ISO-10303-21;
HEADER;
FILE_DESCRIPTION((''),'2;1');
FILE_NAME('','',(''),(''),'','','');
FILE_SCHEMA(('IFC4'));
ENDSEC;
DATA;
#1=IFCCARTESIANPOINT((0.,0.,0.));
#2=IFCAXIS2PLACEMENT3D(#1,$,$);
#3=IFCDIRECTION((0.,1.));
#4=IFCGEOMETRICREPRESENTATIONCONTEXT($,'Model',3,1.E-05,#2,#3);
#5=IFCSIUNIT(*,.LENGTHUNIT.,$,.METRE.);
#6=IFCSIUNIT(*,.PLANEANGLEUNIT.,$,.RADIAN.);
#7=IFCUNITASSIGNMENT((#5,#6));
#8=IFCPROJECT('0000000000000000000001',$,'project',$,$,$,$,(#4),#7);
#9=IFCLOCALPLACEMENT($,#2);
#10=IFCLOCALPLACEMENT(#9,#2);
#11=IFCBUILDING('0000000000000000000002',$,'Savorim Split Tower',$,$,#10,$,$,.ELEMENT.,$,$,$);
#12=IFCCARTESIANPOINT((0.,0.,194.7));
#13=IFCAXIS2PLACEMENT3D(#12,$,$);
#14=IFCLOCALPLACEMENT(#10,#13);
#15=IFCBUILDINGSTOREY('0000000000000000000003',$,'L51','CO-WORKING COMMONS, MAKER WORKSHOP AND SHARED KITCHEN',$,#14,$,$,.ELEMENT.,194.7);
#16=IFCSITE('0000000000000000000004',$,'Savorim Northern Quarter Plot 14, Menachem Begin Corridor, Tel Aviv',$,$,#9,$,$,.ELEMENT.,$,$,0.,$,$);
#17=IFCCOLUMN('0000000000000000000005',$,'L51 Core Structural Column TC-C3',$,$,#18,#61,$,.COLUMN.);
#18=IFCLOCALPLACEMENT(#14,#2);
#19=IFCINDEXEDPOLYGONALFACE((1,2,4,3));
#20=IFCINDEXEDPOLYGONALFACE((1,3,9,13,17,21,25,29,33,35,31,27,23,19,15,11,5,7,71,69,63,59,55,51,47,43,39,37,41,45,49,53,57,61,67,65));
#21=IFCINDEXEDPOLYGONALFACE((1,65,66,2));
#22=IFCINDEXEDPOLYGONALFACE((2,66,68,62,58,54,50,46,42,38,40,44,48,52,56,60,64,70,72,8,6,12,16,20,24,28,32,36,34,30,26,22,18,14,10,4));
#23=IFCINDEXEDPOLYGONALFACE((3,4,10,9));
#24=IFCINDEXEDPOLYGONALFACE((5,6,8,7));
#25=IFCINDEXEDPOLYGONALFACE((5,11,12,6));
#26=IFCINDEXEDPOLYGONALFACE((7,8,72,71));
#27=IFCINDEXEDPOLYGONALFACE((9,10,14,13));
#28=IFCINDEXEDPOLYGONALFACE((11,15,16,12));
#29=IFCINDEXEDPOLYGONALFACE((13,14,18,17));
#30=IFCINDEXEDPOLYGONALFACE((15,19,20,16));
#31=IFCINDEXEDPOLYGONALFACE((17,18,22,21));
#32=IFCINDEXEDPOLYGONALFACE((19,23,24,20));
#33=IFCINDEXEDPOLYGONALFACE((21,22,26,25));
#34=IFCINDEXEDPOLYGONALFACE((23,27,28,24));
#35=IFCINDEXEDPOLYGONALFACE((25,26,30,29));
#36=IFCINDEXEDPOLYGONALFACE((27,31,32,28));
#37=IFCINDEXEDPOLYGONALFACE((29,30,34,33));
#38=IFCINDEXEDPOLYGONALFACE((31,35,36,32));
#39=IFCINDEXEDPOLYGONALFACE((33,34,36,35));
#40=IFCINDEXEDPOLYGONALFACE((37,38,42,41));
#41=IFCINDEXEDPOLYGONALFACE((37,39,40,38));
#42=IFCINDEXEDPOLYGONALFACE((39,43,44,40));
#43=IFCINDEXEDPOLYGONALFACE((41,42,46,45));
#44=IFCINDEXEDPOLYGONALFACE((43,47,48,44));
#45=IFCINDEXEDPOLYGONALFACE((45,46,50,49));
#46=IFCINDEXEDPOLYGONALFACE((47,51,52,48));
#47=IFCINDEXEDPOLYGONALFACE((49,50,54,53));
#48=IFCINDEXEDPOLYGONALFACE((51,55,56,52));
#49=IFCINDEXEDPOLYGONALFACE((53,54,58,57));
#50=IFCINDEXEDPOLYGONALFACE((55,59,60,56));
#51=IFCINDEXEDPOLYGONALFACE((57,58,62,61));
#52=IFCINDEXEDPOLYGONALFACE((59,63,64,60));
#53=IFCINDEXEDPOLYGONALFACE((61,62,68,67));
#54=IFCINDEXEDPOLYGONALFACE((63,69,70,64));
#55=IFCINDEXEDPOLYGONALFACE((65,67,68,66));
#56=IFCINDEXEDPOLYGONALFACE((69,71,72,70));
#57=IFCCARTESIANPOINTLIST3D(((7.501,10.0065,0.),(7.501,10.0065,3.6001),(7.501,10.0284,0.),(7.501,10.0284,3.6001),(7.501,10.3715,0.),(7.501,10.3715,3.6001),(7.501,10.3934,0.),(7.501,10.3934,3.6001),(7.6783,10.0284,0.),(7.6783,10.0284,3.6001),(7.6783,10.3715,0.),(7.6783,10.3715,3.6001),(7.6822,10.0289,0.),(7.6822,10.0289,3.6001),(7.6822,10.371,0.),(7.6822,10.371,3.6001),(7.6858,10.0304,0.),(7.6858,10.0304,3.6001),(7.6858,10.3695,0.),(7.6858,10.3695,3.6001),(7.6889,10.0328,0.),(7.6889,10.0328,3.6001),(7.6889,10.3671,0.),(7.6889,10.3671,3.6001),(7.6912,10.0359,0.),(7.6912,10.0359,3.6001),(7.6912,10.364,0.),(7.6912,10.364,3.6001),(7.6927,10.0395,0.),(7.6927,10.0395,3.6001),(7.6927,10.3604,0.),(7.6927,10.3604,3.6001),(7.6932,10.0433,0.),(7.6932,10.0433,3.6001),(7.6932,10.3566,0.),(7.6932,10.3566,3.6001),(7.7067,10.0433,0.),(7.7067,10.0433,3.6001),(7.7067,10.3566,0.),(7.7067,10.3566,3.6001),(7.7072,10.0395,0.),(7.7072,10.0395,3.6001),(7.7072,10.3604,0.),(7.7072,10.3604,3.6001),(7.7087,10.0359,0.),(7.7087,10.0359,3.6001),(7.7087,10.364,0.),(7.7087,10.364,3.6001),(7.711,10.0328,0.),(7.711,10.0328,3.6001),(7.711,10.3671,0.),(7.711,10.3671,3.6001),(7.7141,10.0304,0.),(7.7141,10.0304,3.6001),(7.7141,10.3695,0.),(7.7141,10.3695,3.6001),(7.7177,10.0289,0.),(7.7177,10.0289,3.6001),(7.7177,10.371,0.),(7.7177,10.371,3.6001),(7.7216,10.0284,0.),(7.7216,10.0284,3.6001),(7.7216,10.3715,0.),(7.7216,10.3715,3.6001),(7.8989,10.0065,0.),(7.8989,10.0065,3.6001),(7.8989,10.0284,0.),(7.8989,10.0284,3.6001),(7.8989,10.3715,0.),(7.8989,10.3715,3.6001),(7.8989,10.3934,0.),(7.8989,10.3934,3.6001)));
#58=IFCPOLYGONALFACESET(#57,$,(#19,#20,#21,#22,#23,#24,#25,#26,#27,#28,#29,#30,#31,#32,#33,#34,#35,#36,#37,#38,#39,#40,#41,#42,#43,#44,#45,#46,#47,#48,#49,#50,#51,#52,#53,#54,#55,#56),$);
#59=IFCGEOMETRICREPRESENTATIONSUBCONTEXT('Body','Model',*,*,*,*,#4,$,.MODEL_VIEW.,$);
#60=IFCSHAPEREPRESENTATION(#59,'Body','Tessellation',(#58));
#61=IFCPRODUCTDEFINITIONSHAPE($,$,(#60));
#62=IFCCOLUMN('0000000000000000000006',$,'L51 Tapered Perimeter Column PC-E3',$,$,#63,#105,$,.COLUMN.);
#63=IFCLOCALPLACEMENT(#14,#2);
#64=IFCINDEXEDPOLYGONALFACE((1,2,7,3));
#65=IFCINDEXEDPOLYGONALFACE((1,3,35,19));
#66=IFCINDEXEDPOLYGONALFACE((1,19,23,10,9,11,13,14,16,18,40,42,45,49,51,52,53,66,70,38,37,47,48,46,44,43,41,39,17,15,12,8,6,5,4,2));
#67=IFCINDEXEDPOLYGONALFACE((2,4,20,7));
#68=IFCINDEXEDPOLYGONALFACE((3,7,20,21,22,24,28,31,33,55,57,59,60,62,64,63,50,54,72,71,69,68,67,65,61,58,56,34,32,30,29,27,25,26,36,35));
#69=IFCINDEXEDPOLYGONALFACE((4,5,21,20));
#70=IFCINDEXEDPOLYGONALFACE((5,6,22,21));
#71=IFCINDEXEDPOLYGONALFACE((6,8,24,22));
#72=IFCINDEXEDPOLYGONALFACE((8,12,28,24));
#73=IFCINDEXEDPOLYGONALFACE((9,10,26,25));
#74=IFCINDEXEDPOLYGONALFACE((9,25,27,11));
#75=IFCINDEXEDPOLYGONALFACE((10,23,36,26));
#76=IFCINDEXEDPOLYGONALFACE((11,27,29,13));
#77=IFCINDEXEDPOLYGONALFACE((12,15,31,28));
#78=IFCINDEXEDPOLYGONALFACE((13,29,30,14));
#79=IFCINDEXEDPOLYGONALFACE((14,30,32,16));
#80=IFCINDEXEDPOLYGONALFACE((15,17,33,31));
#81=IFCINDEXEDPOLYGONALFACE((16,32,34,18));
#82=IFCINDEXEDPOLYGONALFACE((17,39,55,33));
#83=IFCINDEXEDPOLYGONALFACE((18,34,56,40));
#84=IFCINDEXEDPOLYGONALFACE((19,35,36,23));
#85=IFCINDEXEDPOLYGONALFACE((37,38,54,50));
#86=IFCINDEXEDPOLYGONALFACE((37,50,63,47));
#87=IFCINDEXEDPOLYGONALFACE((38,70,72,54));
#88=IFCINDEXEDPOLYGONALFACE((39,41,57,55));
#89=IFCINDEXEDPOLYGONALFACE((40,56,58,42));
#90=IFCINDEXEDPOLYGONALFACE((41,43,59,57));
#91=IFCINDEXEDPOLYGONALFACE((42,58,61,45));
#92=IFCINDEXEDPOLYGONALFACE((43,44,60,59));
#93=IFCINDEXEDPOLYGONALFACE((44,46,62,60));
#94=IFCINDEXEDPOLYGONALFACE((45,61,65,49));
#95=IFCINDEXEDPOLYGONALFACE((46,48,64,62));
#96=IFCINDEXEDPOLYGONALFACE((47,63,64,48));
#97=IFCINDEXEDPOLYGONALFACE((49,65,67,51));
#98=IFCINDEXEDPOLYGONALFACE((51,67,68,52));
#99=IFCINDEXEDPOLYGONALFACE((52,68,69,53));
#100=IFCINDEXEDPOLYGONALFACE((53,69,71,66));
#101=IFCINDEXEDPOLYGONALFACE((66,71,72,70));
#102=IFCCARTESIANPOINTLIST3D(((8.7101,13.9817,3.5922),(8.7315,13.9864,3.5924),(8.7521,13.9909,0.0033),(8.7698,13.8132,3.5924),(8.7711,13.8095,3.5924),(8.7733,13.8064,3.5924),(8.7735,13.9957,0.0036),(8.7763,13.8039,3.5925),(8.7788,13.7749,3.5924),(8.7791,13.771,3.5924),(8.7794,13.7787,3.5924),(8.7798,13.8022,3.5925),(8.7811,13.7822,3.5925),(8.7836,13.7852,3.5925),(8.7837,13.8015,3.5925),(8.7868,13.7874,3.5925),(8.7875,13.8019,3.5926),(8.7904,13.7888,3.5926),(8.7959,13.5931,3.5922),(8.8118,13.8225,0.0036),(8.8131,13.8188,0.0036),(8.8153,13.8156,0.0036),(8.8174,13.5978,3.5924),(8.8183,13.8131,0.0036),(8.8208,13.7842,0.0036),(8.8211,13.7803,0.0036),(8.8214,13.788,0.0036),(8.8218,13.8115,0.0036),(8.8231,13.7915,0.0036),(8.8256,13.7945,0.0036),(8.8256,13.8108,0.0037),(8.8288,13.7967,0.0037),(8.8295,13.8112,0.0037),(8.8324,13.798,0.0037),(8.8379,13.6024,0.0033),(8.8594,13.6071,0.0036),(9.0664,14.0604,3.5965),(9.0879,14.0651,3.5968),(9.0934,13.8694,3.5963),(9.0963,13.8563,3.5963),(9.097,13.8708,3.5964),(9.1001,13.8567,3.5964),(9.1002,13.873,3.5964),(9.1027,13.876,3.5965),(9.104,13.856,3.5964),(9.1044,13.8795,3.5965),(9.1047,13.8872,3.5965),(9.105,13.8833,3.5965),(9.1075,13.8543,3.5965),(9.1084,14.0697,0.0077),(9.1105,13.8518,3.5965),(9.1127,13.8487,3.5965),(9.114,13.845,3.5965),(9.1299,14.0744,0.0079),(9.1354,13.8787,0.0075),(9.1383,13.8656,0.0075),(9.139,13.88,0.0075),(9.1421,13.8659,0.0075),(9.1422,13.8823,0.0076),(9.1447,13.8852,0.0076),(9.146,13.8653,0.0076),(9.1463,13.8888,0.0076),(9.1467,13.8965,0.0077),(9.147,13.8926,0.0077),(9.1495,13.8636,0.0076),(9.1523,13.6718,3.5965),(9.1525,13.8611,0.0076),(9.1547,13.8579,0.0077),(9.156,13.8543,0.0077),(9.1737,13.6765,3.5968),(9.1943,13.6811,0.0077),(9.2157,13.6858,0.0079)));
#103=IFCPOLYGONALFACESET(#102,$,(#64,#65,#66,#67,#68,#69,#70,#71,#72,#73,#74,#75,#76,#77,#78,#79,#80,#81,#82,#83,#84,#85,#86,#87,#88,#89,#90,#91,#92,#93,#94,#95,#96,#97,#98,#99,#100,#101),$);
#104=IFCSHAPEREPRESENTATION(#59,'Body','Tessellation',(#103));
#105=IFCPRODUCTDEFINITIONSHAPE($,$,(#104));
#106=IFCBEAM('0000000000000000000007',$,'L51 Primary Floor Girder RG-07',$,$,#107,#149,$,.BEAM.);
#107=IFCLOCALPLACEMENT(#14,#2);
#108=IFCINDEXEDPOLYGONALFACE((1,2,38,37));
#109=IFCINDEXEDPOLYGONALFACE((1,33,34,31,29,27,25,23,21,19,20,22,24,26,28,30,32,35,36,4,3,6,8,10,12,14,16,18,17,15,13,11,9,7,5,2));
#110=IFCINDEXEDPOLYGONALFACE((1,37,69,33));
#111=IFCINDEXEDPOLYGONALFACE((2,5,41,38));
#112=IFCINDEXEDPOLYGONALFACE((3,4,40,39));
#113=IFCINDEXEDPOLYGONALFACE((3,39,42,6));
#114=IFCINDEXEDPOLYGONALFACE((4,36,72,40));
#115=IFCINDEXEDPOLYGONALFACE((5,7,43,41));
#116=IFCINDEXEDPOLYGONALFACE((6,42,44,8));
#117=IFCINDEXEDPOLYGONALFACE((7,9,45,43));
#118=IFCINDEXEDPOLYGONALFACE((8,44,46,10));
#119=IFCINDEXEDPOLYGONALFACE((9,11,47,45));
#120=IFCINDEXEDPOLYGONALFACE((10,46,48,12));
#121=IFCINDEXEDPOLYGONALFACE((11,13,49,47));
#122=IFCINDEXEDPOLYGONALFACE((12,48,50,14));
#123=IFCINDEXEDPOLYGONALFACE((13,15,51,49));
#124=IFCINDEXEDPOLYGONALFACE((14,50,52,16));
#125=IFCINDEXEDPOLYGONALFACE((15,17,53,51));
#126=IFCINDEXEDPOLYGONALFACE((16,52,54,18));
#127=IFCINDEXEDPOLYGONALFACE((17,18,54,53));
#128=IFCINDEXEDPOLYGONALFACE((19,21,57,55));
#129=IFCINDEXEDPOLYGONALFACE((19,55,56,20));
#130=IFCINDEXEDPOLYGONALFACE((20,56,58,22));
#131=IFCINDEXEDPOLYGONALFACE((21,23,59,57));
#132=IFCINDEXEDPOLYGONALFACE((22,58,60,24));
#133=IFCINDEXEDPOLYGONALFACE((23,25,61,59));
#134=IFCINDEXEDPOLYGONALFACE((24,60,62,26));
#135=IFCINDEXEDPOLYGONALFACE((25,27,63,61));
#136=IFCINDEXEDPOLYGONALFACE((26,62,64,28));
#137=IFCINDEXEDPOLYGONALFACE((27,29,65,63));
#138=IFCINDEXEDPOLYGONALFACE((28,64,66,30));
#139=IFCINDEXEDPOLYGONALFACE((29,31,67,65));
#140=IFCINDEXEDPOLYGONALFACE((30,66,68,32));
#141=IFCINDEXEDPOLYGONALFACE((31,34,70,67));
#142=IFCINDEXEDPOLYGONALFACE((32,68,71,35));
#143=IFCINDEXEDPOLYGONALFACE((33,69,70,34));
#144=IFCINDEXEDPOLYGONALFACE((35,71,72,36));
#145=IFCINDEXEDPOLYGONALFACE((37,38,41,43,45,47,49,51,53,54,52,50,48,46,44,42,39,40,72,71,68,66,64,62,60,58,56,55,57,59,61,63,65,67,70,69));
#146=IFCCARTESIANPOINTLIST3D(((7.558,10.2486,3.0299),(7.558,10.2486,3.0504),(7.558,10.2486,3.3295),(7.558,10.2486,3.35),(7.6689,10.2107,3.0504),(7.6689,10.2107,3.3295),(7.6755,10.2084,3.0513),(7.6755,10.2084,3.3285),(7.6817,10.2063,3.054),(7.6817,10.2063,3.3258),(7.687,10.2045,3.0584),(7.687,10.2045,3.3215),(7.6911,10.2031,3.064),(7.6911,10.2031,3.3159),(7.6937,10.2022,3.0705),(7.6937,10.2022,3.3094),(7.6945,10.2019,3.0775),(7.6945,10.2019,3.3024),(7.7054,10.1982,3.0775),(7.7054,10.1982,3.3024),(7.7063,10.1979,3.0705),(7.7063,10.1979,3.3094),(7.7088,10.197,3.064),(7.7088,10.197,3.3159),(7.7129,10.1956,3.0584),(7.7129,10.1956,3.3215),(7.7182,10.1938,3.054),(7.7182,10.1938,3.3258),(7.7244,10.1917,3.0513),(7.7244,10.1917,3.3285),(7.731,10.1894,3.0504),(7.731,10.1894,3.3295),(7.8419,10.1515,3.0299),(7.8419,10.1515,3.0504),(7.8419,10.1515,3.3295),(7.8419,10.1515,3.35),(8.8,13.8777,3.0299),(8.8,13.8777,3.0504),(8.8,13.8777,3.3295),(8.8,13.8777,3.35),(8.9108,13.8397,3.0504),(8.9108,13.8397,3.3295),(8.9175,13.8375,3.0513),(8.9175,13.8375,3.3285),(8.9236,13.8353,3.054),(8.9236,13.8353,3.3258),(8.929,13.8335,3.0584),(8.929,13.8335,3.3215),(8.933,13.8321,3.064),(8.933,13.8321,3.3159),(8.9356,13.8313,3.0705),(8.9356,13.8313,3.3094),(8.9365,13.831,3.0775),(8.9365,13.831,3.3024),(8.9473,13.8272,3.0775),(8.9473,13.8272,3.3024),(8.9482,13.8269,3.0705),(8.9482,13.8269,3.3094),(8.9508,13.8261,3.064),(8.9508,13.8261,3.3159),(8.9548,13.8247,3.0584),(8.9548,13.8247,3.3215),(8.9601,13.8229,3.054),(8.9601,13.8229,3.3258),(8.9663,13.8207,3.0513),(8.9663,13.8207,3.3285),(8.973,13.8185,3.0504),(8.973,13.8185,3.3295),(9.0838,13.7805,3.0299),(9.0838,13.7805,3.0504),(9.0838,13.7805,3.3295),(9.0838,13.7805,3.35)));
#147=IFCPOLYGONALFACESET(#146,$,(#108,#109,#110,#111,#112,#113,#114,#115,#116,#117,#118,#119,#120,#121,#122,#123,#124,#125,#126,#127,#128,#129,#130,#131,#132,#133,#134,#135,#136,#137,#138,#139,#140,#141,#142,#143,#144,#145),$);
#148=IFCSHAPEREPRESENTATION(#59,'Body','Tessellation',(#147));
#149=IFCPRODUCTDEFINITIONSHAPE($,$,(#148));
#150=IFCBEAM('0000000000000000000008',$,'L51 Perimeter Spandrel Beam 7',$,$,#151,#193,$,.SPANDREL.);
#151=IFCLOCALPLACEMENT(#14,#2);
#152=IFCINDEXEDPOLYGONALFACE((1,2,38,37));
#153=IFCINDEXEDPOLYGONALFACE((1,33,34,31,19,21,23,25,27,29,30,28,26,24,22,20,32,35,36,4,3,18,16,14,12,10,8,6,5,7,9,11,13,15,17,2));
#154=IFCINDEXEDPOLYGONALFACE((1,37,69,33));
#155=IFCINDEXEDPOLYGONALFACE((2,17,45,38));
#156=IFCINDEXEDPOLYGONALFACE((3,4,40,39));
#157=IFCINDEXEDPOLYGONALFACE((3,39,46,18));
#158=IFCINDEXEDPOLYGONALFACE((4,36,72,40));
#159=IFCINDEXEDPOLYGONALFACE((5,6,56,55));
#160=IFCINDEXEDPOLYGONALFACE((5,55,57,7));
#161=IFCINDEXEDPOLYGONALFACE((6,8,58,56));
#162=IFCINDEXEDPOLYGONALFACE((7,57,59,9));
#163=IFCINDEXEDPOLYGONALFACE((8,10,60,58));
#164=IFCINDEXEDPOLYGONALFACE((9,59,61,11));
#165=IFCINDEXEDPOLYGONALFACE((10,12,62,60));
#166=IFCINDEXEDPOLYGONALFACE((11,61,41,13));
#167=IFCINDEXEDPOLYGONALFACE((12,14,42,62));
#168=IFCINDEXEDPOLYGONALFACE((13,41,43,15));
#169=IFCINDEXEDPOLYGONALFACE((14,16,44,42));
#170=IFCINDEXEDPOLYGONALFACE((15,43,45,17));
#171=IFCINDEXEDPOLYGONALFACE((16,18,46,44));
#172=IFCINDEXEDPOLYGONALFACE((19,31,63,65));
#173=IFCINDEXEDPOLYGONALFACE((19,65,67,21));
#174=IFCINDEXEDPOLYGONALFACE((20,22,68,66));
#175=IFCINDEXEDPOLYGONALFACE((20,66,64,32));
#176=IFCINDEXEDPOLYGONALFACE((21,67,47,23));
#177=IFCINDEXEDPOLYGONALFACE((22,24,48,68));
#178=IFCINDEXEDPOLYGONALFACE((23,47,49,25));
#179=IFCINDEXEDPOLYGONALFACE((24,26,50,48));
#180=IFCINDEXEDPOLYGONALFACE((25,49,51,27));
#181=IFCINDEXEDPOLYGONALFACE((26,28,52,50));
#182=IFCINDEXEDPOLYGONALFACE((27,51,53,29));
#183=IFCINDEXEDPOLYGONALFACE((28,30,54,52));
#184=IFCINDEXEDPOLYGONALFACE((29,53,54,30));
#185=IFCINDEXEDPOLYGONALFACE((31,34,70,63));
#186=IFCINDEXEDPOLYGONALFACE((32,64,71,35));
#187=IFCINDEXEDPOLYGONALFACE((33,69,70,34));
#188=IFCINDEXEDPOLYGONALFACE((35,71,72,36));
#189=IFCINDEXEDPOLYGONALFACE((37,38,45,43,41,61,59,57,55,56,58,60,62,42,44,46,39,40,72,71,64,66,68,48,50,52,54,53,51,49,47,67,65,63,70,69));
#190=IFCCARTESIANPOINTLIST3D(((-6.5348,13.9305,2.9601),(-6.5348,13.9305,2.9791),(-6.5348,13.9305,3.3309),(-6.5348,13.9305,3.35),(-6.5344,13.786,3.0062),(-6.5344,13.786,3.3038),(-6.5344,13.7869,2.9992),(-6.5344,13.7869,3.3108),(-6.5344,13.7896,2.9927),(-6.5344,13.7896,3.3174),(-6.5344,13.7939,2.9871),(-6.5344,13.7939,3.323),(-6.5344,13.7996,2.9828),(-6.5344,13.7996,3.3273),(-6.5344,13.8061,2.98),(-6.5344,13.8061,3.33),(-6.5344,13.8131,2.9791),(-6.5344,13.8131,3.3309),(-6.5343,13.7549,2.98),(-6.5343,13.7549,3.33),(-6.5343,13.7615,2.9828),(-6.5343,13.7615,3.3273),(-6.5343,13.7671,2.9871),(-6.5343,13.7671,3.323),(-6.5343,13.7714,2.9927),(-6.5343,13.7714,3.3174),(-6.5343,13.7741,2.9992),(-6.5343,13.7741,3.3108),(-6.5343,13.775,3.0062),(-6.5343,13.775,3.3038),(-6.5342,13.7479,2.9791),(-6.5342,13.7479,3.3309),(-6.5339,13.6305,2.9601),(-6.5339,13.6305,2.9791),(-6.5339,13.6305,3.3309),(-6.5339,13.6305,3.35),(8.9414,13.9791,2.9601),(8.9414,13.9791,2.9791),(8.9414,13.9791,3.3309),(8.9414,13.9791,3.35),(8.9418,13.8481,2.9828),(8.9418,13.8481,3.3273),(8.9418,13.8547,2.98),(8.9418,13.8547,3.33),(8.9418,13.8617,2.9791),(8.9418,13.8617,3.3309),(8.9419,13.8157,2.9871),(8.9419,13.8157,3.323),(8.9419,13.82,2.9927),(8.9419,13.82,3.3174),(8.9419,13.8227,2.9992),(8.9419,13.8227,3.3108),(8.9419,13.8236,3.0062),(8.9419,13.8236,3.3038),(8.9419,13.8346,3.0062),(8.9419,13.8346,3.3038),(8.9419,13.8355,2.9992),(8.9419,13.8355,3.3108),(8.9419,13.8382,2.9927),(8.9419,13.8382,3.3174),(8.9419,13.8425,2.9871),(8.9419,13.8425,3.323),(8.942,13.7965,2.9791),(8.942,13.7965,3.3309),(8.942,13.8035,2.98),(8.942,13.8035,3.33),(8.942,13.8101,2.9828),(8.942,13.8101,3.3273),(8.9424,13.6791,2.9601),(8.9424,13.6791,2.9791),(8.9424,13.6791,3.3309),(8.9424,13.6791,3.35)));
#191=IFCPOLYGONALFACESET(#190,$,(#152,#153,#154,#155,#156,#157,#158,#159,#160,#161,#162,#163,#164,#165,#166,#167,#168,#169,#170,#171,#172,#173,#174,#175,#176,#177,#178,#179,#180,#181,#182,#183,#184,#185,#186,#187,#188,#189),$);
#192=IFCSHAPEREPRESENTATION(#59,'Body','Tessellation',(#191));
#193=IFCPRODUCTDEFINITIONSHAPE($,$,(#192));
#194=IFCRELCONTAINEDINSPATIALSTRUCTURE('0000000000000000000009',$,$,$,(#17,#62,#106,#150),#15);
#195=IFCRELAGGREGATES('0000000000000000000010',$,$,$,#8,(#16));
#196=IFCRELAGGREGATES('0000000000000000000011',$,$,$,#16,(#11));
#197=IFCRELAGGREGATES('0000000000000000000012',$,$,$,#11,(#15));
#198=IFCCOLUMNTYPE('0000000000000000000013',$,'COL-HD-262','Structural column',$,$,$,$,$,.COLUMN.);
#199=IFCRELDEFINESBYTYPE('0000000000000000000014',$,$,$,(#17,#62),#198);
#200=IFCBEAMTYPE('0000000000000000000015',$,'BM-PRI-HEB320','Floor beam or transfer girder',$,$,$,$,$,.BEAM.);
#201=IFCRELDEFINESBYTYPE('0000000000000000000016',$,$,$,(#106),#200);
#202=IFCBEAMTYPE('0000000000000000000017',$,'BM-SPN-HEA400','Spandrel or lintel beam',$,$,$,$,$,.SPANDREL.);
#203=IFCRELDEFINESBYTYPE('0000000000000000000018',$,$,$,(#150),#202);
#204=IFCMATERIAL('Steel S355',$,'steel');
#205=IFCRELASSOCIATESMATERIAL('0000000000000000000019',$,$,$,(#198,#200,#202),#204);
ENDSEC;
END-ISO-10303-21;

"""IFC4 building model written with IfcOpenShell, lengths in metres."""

from ifc_helpers import new_model, si_unit, direction, frame, origin, origin_2d, place, context, subcontext, project, spatial, i_section, extrude, material, material_profile, profile_set, type_object, element, save


model = new_model("IFC4")

# Units and contexts
model_context = context("Model", 3, precision=1e-05, world=origin(), true_north=direction((0.0, 1.0)))
body_context = subcontext(model_context, "Body", "Model", "MODEL_VIEW")
ifc_project = project(units=[si_unit("LENGTHUNIT", "METRE"), si_unit("PLANEANGLEUNIT", "RADIAN")], contexts=[model_context])

# Site, building, storey
site_placement = place(None, origin())
site = spatial("IfcSite", under=ifc_project, at=site_placement, Name="Savorim Northern Quarter Plot 14, Menachem Begin Corridor, Tel Aviv", CompositionType="ELEMENT", RefElevation=0.0)
building_placement = place(site_placement, origin())
building = spatial("IfcBuilding", under=site, at=building_placement, Name="Savorim Split Tower", CompositionType="ELEMENT")
storey_placement = place(building_placement, frame((0.0, 0.0, 194.7)))
storey = spatial("IfcBuildingStorey", under=building, at=storey_placement, Name="L51", Description="CO-WORKING COMMONS, MAKER WORKSHOP AND SHARED KITCHEN", CompositionType="ELEMENT", Elevation=194.7)

# Columns
ifc_material_1 = material(Name="Steel S355", Category="steel")
ifc_material_profile_1 = material_profile(ifc_material_1, i_section(OverallWidth=0.3979, OverallDepth=0.387, WebThickness=0.0134, FlangeThickness=0.022, FilletRadius=0.0149, at=origin_2d()), Name="HD 400x262")
ifc_profile_set_1 = profile_set([ifc_material_profile_1], Name="Steel S355")
column_type = type_object("IfcColumnType", Name="COL-HD-262", Description="Structural column", PredefinedType="COLUMN", material=ifc_profile_set_1)
column_1_placement = place(storey_placement, frame((7.7, 10.2, 0.0), z_axis=(0.0, 0.0, 1.0), x_axis=(1.0, 0.0, 0.0)))
element("IfcColumn", 1, at=column_1_placement, inside=storey, type_object=column_type, Name="L51 Core Structural Column TC-C3", PredefinedType="COLUMN", context=body_context, shape_type="SweptSolid", body=[
    extrude(i_section(OverallWidth=0.3979, OverallDepth=0.387, WebThickness=0.0134, FlangeThickness=0.022, FilletRadius=0.0149, at=origin_2d()), origin(), (0.0, 0.0, 1.0), 3.6001),
])
column_2_placement = place(storey_placement, frame((8.9839, 13.8384, 0.0056), z_axis=(-0.0117, -0.002585, 0.999928), x_axis=(0.215728, -0.976453, 0.0)))
element("IfcColumn", 2, at=column_2_placement, inside=storey, type_object=column_type, Name="L51 Tapered Perimeter Column PC-E3", PredefinedType="COLUMN", context=body_context, shape_type="SweptSolid", body=[
    extrude(i_section(OverallWidth=0.3979, OverallDepth=0.387, WebThickness=0.0134, FlangeThickness=0.022, FilletRadius=0.0149, at=origin_2d()), origin(), (0.0, 0.0, 1.0), 3.5891),
])

# Beams
ifc_material_profile_2 = material_profile(ifc_material_1, i_section(OverallWidth=0.3, OverallDepth=0.3201, WebThickness=0.0115, FlangeThickness=0.0205, FilletRadius=0.0271, at=origin_2d()), Name="HEB 320")
ifc_profile_set_2 = profile_set([ifc_material_profile_2], Name="Steel S355")
beam_type_1 = type_object("IfcBeamType", Name="BM-PRI-HEB320", Description="Floor beam or transfer girder", PredefinedType="BEAM", material=ifc_profile_set_2)
beam_1_placement = place(storey_placement, frame((8.9419, 13.8291, 3.1899), z_axis=(-0.323779, -0.946133, 0.0), x_axis=(0.946133, -0.323779, 0.0)))
element("IfcBeam", 3, at=beam_1_placement, inside=storey, type_object=beam_type_1, Name="L51 Primary Floor Girder RG-07", PredefinedType="BEAM", context=body_context, shape_type="SweptSolid", body=[
    extrude(i_section(OverallWidth=0.3, OverallDepth=0.3201, WebThickness=0.0115, FlangeThickness=0.0205, FilletRadius=0.0271, at=origin_2d()), origin(), (0.0, 0.0, 1.0), 3.8357),
])
ifc_material_profile_3 = material_profile(ifc_material_1, i_section(OverallWidth=0.3, OverallDepth=0.3899, WebThickness=0.011, FlangeThickness=0.019, FilletRadius=0.0271, at=origin_2d()), Name="HEA 400")
ifc_profile_set_3 = profile_set([ifc_material_profile_3], Name="Steel S355")
beam_type_2 = type_object("IfcBeamType", Name="BM-SPN-HEA400", Description="Spandrel or lintel beam", PredefinedType="SPANDREL", material=ifc_profile_set_3)
beam_2_placement = place(storey_placement, frame((8.9419, 13.8291, 3.155), z_axis=(-0.999995, -0.003139, 0.0), x_axis=(0.003139, -0.999995, 0.0)))
element("IfcBeam", 4, at=beam_2_placement, inside=storey, type_object=beam_type_2, Name="L51 Perimeter Spandrel Beam 7", PredefinedType="SPANDREL", context=body_context, shape_type="SweptSolid", body=[
    extrude(i_section(OverallWidth=0.3, OverallDepth=0.3899, WebThickness=0.011, FlangeThickness=0.019, FilletRadius=0.0271, at=origin_2d()), origin(), (0.0, 0.0, 1.0), 15.4763),
])

save(model, "model.ifc")
